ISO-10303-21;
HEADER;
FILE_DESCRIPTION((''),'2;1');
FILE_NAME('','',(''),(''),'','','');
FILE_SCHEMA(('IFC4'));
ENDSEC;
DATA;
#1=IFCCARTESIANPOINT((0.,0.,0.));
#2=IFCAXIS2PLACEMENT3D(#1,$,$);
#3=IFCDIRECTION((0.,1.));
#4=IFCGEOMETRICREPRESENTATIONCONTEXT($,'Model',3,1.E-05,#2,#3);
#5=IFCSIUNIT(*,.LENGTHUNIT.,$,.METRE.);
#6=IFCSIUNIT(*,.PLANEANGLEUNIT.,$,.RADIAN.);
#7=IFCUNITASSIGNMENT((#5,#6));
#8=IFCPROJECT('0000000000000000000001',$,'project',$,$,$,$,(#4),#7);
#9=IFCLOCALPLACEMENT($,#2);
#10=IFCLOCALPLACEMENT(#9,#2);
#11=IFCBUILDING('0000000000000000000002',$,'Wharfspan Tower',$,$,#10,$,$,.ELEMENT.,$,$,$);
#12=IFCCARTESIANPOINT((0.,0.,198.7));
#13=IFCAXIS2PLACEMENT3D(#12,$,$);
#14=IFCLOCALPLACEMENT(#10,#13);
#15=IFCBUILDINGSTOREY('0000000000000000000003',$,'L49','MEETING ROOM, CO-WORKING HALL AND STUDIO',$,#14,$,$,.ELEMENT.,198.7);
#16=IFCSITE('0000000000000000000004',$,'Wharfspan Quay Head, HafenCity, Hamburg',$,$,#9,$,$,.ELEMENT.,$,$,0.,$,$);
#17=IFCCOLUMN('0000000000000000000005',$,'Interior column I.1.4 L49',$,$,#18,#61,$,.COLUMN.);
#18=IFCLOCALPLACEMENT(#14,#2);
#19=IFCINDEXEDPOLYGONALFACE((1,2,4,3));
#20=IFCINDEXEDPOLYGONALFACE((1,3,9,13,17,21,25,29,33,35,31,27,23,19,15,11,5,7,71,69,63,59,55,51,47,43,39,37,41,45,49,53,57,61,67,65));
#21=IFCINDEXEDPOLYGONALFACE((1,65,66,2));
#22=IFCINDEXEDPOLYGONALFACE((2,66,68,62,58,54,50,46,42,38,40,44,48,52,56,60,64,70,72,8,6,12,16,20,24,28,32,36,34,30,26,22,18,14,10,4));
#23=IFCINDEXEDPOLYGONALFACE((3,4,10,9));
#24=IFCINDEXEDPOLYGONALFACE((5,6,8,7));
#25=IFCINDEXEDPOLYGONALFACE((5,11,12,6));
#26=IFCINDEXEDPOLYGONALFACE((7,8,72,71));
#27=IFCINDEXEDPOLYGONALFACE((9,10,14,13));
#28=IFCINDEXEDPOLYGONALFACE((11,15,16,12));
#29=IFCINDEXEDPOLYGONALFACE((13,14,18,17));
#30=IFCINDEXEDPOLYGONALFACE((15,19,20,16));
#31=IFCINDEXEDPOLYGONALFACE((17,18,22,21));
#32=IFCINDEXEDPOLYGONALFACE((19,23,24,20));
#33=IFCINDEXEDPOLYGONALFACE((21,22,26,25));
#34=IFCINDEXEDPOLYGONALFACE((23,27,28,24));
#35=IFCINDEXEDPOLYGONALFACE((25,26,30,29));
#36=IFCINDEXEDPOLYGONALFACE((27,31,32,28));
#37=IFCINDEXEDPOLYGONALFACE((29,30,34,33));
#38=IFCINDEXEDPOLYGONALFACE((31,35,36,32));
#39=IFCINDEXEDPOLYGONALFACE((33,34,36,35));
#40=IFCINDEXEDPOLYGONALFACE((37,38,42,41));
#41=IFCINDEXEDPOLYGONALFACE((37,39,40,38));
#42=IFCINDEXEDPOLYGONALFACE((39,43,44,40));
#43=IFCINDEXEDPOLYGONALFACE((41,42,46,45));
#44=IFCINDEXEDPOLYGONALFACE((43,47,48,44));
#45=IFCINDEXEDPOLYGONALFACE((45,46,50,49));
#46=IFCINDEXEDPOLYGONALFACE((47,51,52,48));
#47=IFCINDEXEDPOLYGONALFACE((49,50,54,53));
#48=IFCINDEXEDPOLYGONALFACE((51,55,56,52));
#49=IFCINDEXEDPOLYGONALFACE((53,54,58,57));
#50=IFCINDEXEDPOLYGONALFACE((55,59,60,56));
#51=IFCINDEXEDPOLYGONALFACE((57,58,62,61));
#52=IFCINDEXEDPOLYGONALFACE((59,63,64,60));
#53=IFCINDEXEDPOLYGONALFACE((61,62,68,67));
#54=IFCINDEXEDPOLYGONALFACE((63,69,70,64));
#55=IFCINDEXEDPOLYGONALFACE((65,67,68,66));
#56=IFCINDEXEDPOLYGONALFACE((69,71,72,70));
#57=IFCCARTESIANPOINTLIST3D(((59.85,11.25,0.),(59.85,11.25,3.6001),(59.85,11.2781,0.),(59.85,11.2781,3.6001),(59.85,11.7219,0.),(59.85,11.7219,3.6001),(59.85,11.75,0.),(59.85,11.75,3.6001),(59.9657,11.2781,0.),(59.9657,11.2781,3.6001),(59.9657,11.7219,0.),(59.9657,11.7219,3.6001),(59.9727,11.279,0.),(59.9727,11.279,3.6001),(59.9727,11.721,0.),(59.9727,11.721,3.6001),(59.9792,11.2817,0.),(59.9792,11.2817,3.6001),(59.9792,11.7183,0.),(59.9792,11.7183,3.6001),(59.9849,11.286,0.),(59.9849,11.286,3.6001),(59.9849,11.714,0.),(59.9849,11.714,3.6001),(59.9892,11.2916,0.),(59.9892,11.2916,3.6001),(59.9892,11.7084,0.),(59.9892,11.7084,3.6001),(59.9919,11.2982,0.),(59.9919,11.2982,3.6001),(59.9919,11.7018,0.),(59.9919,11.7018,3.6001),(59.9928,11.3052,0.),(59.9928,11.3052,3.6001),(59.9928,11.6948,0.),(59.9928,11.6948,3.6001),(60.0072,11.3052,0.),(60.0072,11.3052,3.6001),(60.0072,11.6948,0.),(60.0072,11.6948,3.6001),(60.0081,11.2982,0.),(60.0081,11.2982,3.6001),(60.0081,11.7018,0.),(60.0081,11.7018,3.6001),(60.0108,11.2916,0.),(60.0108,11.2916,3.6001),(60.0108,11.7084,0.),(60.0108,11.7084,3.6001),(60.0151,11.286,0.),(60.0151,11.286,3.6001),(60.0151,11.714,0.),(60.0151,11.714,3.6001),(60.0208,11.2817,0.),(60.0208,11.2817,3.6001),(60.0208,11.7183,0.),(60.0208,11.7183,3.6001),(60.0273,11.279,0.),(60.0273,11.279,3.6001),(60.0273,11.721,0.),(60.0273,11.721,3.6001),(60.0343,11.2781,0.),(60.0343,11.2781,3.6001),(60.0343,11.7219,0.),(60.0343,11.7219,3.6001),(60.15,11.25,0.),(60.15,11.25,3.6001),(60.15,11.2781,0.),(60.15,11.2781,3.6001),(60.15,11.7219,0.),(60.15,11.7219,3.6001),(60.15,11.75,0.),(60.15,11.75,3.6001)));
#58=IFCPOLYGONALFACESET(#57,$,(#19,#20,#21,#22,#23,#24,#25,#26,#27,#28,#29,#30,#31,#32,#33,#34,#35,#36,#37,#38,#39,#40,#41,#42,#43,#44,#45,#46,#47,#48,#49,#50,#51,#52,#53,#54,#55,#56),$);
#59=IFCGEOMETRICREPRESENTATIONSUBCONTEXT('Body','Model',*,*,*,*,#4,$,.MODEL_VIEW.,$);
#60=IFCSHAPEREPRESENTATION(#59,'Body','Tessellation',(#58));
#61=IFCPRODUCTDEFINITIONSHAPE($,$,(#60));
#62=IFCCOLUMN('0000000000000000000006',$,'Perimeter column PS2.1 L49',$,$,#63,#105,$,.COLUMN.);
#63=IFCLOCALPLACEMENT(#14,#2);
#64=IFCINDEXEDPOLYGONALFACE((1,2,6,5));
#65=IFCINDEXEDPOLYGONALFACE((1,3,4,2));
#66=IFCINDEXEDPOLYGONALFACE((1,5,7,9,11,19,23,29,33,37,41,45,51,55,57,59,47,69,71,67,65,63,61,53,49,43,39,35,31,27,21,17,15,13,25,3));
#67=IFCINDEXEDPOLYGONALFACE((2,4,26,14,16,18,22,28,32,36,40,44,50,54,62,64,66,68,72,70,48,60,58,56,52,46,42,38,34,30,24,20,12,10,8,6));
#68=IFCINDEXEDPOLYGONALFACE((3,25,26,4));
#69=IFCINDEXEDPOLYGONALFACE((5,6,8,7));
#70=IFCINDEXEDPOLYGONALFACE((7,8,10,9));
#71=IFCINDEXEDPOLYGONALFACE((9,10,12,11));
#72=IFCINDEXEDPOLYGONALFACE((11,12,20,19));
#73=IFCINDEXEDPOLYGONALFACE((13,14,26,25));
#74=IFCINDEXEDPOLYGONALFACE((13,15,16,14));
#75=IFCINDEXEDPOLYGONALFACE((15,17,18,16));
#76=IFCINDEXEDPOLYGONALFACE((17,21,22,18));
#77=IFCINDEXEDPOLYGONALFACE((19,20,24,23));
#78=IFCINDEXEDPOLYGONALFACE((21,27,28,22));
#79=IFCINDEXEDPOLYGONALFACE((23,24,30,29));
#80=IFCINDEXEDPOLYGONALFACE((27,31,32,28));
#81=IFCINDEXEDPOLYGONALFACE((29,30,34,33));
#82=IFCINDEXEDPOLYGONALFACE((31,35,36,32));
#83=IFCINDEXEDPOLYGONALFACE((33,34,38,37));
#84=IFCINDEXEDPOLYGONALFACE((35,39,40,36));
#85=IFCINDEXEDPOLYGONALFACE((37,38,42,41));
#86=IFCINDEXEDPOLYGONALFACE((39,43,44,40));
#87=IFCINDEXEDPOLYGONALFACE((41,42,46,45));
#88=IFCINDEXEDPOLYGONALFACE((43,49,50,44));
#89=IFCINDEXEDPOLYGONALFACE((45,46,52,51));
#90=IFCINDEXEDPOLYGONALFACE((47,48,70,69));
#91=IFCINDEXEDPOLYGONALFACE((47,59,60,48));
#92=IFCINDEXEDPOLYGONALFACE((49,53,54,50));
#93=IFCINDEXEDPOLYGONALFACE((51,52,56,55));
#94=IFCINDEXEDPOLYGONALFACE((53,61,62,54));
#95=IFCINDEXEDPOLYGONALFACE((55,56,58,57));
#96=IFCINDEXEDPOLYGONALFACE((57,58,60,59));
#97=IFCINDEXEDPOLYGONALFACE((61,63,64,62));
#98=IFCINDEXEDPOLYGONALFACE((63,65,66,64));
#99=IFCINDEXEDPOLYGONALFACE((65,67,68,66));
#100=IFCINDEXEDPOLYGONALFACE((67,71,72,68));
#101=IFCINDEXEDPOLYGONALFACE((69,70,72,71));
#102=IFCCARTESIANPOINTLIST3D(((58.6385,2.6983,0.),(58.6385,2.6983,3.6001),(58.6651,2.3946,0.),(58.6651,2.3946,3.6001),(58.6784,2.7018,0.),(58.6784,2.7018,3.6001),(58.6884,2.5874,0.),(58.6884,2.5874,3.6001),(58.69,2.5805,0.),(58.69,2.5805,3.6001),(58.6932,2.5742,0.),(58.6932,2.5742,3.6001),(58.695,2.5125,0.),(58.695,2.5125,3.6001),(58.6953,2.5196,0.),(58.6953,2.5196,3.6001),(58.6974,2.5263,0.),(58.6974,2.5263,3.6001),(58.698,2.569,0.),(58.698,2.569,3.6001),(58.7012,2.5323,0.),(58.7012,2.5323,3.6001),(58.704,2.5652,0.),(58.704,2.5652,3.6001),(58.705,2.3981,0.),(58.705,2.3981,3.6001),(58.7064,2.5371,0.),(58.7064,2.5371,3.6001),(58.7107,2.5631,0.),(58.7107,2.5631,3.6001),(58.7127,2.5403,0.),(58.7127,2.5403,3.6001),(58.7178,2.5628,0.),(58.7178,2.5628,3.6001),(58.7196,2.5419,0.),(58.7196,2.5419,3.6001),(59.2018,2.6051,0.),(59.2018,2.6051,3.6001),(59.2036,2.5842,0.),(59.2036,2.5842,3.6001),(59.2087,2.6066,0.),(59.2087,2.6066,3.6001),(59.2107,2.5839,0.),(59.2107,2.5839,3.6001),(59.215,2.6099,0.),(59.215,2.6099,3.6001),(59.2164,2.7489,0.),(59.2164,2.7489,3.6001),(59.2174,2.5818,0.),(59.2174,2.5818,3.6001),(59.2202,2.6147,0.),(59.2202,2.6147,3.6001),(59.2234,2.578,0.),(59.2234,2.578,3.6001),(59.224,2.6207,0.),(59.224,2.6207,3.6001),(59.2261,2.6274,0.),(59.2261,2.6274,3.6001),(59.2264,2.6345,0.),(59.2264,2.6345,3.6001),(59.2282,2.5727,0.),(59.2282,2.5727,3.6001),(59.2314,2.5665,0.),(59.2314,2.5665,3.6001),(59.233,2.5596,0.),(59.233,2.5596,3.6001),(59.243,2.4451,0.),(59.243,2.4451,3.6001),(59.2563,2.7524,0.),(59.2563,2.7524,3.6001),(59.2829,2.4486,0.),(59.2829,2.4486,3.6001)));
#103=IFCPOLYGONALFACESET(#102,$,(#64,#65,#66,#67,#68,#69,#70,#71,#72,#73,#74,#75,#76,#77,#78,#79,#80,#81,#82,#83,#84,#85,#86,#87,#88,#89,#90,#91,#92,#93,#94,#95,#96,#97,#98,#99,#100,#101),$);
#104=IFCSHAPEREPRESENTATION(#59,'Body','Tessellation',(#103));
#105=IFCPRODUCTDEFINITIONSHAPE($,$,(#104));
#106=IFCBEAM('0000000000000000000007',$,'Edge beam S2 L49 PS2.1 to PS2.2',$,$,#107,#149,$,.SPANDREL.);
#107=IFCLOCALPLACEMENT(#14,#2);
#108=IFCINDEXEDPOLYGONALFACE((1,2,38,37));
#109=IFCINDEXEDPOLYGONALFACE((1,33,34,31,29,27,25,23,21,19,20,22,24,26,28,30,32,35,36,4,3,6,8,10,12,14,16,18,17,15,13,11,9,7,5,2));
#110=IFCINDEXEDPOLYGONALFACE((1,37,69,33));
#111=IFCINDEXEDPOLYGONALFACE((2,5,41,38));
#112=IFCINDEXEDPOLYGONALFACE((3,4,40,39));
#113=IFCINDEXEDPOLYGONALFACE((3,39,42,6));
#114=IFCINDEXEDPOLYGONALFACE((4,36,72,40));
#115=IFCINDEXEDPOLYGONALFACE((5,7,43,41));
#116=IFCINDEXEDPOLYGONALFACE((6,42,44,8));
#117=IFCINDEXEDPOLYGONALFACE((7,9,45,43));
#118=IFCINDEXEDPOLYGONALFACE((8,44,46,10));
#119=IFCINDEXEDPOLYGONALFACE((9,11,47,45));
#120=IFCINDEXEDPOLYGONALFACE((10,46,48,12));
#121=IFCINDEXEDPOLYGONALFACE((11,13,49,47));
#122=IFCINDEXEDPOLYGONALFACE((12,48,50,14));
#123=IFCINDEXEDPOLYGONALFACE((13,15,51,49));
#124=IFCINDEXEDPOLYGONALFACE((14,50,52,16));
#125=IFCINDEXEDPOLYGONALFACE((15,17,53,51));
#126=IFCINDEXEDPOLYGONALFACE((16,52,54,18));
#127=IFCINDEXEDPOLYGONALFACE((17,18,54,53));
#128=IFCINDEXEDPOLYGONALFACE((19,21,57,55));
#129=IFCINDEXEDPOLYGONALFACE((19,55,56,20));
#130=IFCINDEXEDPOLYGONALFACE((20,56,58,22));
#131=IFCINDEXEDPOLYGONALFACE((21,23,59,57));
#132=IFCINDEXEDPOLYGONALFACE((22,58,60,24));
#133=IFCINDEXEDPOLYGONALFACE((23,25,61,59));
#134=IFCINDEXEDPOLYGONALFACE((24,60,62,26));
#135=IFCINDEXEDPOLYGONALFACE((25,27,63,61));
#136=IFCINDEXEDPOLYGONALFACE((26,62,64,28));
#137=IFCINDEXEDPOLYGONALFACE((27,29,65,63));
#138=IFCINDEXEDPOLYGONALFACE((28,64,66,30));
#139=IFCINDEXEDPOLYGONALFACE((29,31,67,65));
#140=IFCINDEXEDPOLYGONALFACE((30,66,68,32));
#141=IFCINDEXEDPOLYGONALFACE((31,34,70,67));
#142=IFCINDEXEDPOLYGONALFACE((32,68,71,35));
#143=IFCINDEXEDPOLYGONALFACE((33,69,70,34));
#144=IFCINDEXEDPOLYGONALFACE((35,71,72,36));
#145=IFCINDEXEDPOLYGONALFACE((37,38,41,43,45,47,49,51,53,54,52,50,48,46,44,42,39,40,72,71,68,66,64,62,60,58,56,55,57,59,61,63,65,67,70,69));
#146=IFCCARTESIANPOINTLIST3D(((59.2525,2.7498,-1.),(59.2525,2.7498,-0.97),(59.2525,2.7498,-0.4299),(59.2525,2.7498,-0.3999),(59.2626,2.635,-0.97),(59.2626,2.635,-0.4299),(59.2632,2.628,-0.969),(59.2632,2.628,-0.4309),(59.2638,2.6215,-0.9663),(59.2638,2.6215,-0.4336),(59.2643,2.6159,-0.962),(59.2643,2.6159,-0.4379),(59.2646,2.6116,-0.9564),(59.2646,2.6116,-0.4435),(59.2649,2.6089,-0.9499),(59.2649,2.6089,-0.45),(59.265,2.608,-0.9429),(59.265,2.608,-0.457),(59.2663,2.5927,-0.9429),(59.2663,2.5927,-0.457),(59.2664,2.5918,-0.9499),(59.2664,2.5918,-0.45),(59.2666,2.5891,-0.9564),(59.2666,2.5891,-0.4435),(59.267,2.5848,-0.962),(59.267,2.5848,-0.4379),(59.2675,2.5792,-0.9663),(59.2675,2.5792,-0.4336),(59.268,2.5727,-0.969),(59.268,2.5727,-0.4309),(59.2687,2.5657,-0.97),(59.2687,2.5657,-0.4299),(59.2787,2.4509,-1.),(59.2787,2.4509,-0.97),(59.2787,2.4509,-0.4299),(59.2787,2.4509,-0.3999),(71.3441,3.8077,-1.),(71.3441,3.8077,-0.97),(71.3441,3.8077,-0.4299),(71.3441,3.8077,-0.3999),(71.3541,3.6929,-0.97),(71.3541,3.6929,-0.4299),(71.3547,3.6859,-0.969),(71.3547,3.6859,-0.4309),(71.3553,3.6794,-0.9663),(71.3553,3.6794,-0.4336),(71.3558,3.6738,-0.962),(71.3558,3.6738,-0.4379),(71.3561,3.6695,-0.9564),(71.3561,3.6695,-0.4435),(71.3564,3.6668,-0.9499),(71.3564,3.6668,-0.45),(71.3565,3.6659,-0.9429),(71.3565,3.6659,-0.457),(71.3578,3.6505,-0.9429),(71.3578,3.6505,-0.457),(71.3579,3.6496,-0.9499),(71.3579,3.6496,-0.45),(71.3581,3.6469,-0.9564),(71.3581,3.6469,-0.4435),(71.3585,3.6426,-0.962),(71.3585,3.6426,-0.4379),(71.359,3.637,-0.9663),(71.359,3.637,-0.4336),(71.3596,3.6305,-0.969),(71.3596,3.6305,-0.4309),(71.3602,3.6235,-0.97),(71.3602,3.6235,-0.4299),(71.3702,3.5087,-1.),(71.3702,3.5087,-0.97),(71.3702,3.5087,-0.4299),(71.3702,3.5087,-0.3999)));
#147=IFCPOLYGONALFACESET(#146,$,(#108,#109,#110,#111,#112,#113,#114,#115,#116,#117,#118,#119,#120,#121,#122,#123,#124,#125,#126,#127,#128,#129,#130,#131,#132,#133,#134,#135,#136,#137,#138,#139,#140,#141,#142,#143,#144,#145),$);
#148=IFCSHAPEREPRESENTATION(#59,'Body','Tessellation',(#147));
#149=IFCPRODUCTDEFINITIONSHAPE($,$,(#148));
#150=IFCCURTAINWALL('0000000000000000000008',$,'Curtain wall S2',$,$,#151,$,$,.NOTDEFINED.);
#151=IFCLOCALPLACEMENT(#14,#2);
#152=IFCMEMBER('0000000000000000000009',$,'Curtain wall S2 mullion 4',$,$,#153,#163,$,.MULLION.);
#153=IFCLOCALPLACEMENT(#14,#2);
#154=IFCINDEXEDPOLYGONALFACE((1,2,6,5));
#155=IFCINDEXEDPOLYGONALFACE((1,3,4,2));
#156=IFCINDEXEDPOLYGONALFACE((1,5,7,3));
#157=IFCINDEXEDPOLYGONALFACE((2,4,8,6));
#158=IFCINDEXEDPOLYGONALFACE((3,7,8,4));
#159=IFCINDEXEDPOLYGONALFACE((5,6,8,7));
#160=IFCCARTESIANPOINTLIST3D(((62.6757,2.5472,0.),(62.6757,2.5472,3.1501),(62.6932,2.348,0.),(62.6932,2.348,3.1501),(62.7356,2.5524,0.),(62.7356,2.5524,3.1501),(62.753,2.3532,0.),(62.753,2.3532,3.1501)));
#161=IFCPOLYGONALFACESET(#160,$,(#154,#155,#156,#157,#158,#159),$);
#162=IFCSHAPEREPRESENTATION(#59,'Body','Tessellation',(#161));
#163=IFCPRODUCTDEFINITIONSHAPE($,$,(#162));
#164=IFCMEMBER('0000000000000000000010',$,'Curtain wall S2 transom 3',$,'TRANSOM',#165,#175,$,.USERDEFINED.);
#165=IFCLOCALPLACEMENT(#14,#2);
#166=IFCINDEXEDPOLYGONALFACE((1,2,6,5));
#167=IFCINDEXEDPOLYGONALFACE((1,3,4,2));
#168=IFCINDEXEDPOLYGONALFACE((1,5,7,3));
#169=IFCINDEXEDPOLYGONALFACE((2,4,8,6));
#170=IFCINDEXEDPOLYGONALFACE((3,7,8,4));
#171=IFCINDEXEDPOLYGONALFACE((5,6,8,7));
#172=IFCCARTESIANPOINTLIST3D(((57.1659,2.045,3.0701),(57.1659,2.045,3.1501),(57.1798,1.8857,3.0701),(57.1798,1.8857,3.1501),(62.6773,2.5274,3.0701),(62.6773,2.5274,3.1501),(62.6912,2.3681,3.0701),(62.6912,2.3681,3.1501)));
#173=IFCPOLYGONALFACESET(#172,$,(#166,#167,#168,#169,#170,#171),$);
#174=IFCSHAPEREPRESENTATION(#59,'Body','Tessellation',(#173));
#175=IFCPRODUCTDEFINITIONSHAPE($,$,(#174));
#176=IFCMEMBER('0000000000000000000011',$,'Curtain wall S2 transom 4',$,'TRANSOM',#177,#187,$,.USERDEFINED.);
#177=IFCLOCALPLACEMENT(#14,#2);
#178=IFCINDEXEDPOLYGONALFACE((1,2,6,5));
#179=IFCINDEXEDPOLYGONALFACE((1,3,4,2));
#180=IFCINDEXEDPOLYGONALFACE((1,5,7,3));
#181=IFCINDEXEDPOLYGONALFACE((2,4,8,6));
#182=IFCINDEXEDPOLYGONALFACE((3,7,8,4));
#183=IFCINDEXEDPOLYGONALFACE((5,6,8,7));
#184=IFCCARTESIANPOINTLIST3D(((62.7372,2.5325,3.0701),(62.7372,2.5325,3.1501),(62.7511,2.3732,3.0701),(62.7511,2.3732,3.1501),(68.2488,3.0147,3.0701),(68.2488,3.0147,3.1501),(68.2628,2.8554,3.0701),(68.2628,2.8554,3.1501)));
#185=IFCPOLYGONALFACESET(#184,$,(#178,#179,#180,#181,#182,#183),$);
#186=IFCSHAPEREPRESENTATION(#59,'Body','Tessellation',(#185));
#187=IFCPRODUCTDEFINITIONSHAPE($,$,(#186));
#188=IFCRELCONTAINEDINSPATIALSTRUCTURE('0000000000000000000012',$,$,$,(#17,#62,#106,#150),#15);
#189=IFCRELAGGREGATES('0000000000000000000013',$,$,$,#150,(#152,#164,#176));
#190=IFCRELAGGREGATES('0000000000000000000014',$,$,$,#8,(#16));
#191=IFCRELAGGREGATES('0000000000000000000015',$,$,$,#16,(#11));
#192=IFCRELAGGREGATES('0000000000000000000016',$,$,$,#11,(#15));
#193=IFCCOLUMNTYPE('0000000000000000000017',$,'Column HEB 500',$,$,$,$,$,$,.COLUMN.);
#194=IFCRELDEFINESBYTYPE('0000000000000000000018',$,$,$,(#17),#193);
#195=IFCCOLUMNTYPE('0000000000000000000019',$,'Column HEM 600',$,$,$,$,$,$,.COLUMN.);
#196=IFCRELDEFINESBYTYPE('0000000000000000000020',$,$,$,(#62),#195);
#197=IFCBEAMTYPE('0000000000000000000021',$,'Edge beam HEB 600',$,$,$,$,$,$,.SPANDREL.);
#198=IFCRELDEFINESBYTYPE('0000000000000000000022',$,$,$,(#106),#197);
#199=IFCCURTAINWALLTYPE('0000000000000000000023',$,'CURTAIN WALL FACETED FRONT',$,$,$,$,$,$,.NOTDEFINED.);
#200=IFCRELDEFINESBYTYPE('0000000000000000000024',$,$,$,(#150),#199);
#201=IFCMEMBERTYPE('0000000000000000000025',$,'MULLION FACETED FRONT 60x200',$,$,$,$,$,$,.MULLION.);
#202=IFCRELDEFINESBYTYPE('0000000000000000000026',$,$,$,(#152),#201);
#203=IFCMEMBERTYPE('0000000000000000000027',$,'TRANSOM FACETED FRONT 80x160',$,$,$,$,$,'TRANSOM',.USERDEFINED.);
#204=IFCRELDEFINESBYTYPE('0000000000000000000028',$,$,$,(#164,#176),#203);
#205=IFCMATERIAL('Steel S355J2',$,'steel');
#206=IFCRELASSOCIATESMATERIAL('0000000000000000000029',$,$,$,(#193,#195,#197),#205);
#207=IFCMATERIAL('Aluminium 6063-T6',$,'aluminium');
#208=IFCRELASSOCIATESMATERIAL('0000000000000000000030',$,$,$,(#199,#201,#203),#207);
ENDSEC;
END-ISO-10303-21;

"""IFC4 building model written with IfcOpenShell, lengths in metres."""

from ifc_helpers import new_model, si_unit, direction, frame, origin, origin_2d, place, context, subcontext, project, spatial, rectangle, i_section, extrude, material, material_profile, profile_set, type_object, element, aggregate, save


model = new_model("IFC4")

# Units and contexts
model_context = context("Model", 3, precision=1e-05, world=origin(), true_north=direction((0.0, 1.0)))
body_context = subcontext(model_context, "Body", "Model", "MODEL_VIEW")
ifc_project = project(units=[si_unit("LENGTHUNIT", "METRE"), si_unit("PLANEANGLEUNIT", "RADIAN")], contexts=[model_context])

# Site, building, storey
site_placement = place(None, origin())
site = spatial("IfcSite", under=ifc_project, at=site_placement, Name="Wharfspan Quay Head, HafenCity, Hamburg", CompositionType="ELEMENT", RefElevation=0.0)
building_placement = place(site_placement, origin())
building = spatial("IfcBuilding", under=site, at=building_placement, Name="Wharfspan Tower", CompositionType="ELEMENT")
storey_placement = place(building_placement, frame((0.0, 0.0, 198.7)))
storey = spatial("IfcBuildingStorey", under=building, at=storey_placement, Name="L49", Description="MEETING ROOM, CO-WORKING HALL AND STUDIO", CompositionType="ELEMENT", Elevation=198.7)

# Columns
ifc_material_1 = material(Name="Steel S355J2", Category="steel")
ifc_material_profile_1 = material_profile(ifc_material_1, i_section(OverallWidth=0.3, OverallDepth=0.5, WebThickness=0.0144, FlangeThickness=0.0281, FilletRadius=0.0271, at=origin_2d()))
ifc_profile_set_1 = profile_set([ifc_material_profile_1], Name="Steel S355J2")
column_type_1 = type_object("IfcColumnType", Name="Column HEB 500", PredefinedType="COLUMN", material=ifc_profile_set_1)
column_1_placement = place(storey_placement, frame((60.0, 11.5, 0.0), z_axis=(0.0, 0.0, 1.0), x_axis=(1.0, 0.0, 0.0)))
element("IfcColumn", 1, at=column_1_placement, inside=storey, type_object=column_type_1, Name="Interior column I.1.4 L49", PredefinedType="COLUMN", context=body_context, shape_type="SweptSolid", body=[
    extrude(i_section(OverallWidth=0.3, OverallDepth=0.5, WebThickness=0.0144, FlangeThickness=0.0281, FilletRadius=0.0271, at=origin_2d()), origin(), (0.0, 0.0, 1.0), 3.6001),
])
ifc_material_profile_2 = material_profile(ifc_material_1, i_section(OverallWidth=0.3049, OverallDepth=0.6201, WebThickness=0.021, FlangeThickness=0.04, FilletRadius=0.0271, at=origin_2d()))
ifc_profile_set_2 = profile_set([ifc_material_profile_2], Name="Steel S355J2")
column_type_2 = type_object("IfcColumnType", Name="Column HEM 600", PredefinedType="COLUMN", material=ifc_profile_set_2)
column_2_placement = place(storey_placement, frame((58.9607, 2.5735, 0.0), z_axis=(0.0, 0.0, 1.0), x_axis=(0.087156, -0.996198, 0.0)))
element("IfcColumn", 2, at=column_2_placement, inside=storey, type_object=column_type_2, Name="Perimeter column PS2.1 L49", PredefinedType="COLUMN", context=body_context, shape_type="SweptSolid", body=[
    extrude(i_section(OverallWidth=0.3049, OverallDepth=0.6201, WebThickness=0.021, FlangeThickness=0.04, FilletRadius=0.0271, at=origin_2d()), origin(), (0.0, 0.0, 1.0), 3.6001),
])

# Beam
ifc_material_profile_3 = material_profile(ifc_material_1, i_section(OverallWidth=0.3, OverallDepth=0.6001, WebThickness=0.0154, FlangeThickness=0.03, FilletRadius=0.0271, at=origin_2d()))
ifc_profile_set_3 = profile_set([ifc_material_profile_3], Name="Steel S355J2")
beam_type = type_object("IfcBeamType", Name="Edge beam HEB 600", PredefinedType="SPANDREL", material=ifc_profile_set_3)
beam_placement = place(storey_placement, frame((59.2656, 2.6003, -0.7), z_axis=(0.996195, 0.087155, 0.0), x_axis=(-0.087155, 0.996195, 0.0)))
element("IfcBeam", 3, at=beam_placement, inside=storey, type_object=beam_type, Name="Edge beam S2 L49 PS2.1 to PS2.2", PredefinedType="SPANDREL", context=body_context, shape_type="SweptSolid", body=[
    extrude(i_section(OverallWidth=0.3, OverallDepth=0.6001, WebThickness=0.0154, FlangeThickness=0.03, FilletRadius=0.0271, at=origin_2d()), origin(), (0.0, 0.0, 1.0), 12.1377),
])

# Curtain wall, members
ifc_material_2 = material(Name="Aluminium 6063-T6", Category="aluminium")
curtain_wall_type = type_object("IfcCurtainWallType", Name="CURTAIN WALL FACETED FRONT", PredefinedType="NOTDEFINED", material=ifc_material_2)
curtain_wall_placement = place(storey_placement, origin())
curtain_wall = element("IfcCurtainWall", 4, at=curtain_wall_placement, inside=storey, type_object=curtain_wall_type, Name="Curtain wall S2", PredefinedType="NOTDEFINED")
ifc_material_profile_4 = material_profile(ifc_material_2, rectangle(XDim=0.2, YDim=0.0601, at=origin_2d()))
ifc_profile_set_4 = profile_set([ifc_material_profile_4], Name="Aluminium 6063-T6")
member_type_1 = type_object("IfcMemberType", Name="MULLION FACETED FRONT 60x200", PredefinedType="MULLION", material=ifc_profile_set_4)
member_1_placement = place(storey_placement, frame((62.7144, 2.4502, 0.0), z_axis=(0.0, 0.0, 1.0), x_axis=(-0.087156, 0.996198, 0.0)))
member_1 = element("IfcMember", 5, at=member_1_placement, type_object=member_type_1, Name="Curtain wall S2 mullion 4", PredefinedType="MULLION", context=body_context, shape_type="SweptSolid", body=[
    extrude(rectangle(XDim=0.2, YDim=0.0601, at=origin_2d()), origin(), (0.0, 0.0, 1.0), 3.1501),
])
ifc_material_profile_5 = material_profile(ifc_material_2, rectangle(XDim=0.1599, YDim=0.0801, at=origin_2d()))
ifc_profile_set_5 = profile_set([ifc_material_profile_5], Name="Aluminium 6063-T6")
member_type_2 = type_object("IfcMemberType", Name="TRANSOM FACETED FRONT 80x160", ElementType="TRANSOM", PredefinedType="USERDEFINED", material=ifc_profile_set_5)
member_2_placement = place(storey_placement, frame((57.1729, 1.9653, 3.1101), z_axis=(0.996191, 0.087197, 0.0), x_axis=(-0.087197, 0.996191, 0.0)))
member_2 = element("IfcMember", 6, at=member_2_placement, type_object=member_type_2, Name="Curtain wall S2 transom 3", ObjectType="TRANSOM", PredefinedType="USERDEFINED", context=body_context, shape_type="SweptSolid", body=[
    extrude(rectangle(XDim=0.1599, YDim=0.0801, at=origin_2d()), origin(), (0.0, 0.0, 1.0), 5.5325),
])
member_3_placement = place(storey_placement, frame((62.7441, 2.4529, 3.1101), z_axis=(0.996195, 0.087149, 0.0), x_axis=(-0.087149, 0.996195, 0.0)))
member_3 = element("IfcMember", 7, at=member_3_placement, type_object=member_type_2, Name="Curtain wall S2 transom 4", ObjectType="TRANSOM", PredefinedType="USERDEFINED", context=body_context, shape_type="SweptSolid", body=[
    extrude(rectangle(XDim=0.1599, YDim=0.0801, at=origin_2d()), origin(), (0.0, 0.0, 1.0), 5.5327),
])
aggregate(curtain_wall, [member_1, member_2, member_3])

save(model, "model.ifc")
